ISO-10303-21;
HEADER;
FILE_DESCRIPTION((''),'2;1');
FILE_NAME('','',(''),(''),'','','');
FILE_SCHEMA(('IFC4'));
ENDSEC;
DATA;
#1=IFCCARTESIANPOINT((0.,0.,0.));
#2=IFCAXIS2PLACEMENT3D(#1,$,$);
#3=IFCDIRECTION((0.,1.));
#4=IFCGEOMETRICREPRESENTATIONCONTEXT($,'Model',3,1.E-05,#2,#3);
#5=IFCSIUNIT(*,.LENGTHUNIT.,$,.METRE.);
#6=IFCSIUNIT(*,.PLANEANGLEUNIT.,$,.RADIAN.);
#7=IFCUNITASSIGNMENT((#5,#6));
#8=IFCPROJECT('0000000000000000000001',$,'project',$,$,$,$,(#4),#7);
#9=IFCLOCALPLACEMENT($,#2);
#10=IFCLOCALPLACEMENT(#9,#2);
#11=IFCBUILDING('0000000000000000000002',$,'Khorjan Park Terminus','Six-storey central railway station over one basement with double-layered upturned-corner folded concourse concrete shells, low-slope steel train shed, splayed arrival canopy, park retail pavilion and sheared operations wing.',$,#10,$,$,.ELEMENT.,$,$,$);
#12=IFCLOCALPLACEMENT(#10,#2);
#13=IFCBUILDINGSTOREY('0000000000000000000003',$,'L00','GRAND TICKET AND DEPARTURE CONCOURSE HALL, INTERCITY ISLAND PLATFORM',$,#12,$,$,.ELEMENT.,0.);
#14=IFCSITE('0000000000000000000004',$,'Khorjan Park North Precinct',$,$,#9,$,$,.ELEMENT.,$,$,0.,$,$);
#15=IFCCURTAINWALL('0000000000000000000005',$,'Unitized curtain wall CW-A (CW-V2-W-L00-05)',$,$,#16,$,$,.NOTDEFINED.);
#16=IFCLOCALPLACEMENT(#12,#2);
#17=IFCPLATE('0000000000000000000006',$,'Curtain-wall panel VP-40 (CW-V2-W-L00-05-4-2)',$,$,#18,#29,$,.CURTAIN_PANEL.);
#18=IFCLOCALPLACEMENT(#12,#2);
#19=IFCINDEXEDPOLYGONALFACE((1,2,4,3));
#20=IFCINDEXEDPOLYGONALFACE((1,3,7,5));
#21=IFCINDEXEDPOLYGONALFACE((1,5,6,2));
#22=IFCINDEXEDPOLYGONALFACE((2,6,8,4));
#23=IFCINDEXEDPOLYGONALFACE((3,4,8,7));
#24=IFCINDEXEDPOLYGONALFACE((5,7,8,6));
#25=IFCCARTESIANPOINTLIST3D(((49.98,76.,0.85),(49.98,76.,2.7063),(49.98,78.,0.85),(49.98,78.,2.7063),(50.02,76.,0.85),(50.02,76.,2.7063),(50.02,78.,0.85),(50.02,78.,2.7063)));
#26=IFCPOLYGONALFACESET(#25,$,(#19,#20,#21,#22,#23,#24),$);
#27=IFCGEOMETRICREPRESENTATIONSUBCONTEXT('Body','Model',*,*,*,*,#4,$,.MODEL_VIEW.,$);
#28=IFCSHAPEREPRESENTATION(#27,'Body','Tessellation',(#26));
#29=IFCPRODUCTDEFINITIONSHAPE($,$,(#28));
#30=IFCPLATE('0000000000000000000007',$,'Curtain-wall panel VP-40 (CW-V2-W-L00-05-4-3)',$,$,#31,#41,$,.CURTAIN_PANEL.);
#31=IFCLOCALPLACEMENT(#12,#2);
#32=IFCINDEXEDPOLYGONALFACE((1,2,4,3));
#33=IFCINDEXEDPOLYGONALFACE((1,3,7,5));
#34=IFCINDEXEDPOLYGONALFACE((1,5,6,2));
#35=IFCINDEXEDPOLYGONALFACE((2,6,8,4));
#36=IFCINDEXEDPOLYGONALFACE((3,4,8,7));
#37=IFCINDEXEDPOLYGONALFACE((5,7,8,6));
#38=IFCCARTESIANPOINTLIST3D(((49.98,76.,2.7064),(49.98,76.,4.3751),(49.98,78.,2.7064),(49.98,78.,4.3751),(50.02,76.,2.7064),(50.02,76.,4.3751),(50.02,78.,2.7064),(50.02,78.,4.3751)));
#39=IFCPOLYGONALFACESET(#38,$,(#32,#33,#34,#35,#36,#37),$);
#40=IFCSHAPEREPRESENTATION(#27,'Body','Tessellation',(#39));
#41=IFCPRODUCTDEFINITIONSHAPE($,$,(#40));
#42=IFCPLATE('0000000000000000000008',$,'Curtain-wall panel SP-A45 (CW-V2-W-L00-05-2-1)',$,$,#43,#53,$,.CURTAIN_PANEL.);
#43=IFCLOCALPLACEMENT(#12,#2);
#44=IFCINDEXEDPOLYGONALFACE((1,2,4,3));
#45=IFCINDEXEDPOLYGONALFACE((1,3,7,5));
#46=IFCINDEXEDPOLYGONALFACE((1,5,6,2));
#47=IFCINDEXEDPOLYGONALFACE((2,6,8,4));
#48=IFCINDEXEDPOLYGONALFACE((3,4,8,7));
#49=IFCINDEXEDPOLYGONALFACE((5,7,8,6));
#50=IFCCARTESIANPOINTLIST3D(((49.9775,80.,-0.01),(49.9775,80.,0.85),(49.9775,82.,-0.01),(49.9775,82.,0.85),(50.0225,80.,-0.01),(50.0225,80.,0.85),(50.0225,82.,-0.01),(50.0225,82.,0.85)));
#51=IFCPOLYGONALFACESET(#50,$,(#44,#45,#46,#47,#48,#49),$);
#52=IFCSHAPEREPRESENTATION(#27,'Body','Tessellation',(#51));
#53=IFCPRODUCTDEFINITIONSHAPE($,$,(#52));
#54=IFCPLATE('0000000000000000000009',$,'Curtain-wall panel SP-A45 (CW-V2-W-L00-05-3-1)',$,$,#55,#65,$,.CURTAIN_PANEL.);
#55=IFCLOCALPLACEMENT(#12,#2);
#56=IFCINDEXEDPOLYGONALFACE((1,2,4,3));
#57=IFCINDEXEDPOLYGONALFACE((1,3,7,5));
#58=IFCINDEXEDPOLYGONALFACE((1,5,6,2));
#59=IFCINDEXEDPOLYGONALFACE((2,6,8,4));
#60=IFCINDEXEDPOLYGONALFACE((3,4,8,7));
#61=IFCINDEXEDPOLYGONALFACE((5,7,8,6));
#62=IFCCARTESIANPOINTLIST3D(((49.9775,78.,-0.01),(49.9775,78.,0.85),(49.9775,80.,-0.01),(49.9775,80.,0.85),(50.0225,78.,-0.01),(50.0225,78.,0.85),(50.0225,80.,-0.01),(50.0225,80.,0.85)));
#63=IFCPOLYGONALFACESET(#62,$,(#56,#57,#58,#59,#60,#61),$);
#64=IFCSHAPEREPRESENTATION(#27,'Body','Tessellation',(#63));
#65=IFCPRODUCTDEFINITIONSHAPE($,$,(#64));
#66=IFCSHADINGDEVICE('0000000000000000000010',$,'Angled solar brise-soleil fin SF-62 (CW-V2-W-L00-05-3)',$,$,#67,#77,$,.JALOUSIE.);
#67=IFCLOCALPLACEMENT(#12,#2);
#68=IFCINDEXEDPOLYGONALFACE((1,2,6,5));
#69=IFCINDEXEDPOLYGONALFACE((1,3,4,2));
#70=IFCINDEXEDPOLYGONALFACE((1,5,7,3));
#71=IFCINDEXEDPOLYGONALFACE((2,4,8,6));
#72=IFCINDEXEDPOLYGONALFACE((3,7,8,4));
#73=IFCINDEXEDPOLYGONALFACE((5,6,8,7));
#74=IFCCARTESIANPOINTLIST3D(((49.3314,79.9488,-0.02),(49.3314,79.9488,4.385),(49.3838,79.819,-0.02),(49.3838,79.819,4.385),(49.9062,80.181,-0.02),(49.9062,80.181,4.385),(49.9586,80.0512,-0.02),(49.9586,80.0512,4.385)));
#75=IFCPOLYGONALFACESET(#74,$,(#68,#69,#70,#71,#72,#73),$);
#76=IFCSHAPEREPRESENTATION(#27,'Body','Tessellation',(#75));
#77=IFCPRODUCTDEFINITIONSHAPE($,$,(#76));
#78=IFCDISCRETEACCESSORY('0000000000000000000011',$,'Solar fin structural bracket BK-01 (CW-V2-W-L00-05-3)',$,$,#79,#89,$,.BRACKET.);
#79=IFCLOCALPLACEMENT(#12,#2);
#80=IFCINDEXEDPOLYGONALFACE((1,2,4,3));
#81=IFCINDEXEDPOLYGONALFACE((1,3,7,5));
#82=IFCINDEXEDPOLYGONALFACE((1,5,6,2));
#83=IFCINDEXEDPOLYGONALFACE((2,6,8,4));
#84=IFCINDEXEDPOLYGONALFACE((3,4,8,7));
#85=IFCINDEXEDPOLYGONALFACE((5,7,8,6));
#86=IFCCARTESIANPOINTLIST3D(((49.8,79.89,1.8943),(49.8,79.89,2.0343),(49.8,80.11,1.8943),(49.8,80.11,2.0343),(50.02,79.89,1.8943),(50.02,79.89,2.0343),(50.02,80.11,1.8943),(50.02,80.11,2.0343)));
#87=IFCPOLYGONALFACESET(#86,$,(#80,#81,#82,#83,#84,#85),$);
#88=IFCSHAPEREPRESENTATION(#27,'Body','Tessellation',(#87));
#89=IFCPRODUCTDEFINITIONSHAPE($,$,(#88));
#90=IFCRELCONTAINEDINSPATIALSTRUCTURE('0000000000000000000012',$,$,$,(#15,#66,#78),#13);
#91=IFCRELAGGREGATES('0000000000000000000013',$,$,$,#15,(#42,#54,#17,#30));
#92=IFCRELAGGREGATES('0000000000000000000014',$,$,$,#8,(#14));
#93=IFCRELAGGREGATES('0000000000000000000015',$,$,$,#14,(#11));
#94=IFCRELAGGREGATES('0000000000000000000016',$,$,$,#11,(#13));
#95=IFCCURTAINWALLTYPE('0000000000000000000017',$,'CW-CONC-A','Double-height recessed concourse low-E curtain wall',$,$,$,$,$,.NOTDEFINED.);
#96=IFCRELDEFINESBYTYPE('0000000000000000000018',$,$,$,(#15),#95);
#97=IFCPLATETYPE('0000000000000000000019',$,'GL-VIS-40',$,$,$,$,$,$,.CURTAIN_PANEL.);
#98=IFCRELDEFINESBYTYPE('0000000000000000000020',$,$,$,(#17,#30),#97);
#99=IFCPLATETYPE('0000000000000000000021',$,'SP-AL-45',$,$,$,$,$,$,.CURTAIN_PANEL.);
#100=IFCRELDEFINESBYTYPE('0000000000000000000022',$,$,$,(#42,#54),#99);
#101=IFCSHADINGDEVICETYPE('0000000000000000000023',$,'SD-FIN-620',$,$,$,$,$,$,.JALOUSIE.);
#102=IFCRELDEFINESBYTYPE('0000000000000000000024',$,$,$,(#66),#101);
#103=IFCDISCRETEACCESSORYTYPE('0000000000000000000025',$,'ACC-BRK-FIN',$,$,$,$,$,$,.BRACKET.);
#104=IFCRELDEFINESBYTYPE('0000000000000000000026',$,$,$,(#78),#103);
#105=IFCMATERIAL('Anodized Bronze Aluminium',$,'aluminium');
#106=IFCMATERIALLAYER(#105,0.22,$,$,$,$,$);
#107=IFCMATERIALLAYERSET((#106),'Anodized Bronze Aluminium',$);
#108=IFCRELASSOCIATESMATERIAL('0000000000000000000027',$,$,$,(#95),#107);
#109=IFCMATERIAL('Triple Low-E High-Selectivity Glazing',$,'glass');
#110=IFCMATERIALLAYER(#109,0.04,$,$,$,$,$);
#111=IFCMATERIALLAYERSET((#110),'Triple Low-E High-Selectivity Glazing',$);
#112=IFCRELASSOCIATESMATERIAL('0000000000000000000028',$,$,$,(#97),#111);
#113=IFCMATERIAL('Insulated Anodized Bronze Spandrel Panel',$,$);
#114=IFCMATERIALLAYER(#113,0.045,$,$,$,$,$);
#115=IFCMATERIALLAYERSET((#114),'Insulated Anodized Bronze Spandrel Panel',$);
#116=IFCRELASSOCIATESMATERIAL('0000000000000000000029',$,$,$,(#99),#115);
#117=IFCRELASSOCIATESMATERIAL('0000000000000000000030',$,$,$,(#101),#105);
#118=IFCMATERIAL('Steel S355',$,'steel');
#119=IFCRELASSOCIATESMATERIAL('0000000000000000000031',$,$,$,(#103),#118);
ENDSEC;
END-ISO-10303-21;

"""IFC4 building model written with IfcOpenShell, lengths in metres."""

from ifc_helpers import new_model, si_unit, direction, frame, origin, origin_2d, place, context, subcontext, project, spatial, rectangle, extrude, material, layer, layer_set, type_object, element, aggregate, save


model = new_model("IFC4")

# Units and contexts
model_context = context("Model", 3, precision=1e-05, world=origin(), true_north=direction((0.0, 1.0)))
body_context = subcontext(model_context, "Body", "Model", "MODEL_VIEW")
ifc_project = project(units=[si_unit("LENGTHUNIT", "METRE"), si_unit("PLANEANGLEUNIT", "RADIAN")], contexts=[model_context])

# Site, building, storey
site_placement = place(None, origin())
site = spatial("IfcSite", under=ifc_project, at=site_placement, Name="Khorjan Park North Precinct", CompositionType="ELEMENT", RefElevation=0.0)
building_placement = place(site_placement, origin())
building = spatial("IfcBuilding", under=site, at=building_placement, Name="Khorjan Park Terminus", Description="Six-storey central railway station over one basement with double-layered upturned-corner folded concourse concrete shells, low-slope steel train shed, splayed arrival canopy, park retail pavilion and sheared operations wing.", CompositionType="ELEMENT")
storey_placement = place(building_placement, origin())
storey = spatial("IfcBuildingStorey", under=building, at=storey_placement, Name="L00", Description="GRAND TICKET AND DEPARTURE CONCOURSE HALL, INTERCITY ISLAND PLATFORM", CompositionType="ELEMENT", Elevation=0.0)

# Shared definitions
ifc_material_1 = material(Name="Steel S355", Category="steel")

# Curtain wall, plates
ifc_material_2 = material(Name="Anodized Bronze Aluminium", Category="aluminium")
ifc_layer_1 = layer(ifc_material_2, 0.22)
ifc_layer_set_1 = layer_set([ifc_layer_1], Name="Anodized Bronze Aluminium")
curtain_wall_type = type_object("IfcCurtainWallType", Name="CW-CONC-A", Description="Double-height recessed concourse low-E curtain wall", PredefinedType="NOTDEFINED", material=ifc_layer_set_1)
curtain_wall_placement = place(storey_placement, origin())
curtain_wall = element("IfcCurtainWall", 1, at=curtain_wall_placement, inside=storey, type_object=curtain_wall_type, Name="Unitized curtain wall CW-A (CW-V2-W-L00-05)", PredefinedType="NOTDEFINED")
ifc_material_3 = material(Name="Triple Low-E High-Selectivity Glazing", Category="glass")
ifc_layer_2 = layer(ifc_material_3, 0.04)
ifc_layer_set_2 = layer_set([ifc_layer_2], Name="Triple Low-E High-Selectivity Glazing")
plate_type_1 = type_object("IfcPlateType", Name="GL-VIS-40", PredefinedType="CURTAIN_PANEL", material=ifc_layer_set_2)
plate_1_placement = place(storey_placement, frame((50.0, 77.0, 0.85), z_axis=(0.0, 0.0, 1.0), x_axis=(0.0, -1.0, 0.0)))
plate_1 = element("IfcPlate", 2, at=plate_1_placement, type_object=plate_type_1, Name="Curtain-wall panel VP-40 (CW-V2-W-L00-05-4-2)", PredefinedType="CURTAIN_PANEL", context=body_context, shape_type="SweptSolid", body=[
    extrude(rectangle(XDim=2.0, YDim=0.04, at=origin_2d()), origin(), (0.0, 0.0, 1.0), 1.8563),
])
plate_2_placement = place(storey_placement, frame((50.0, 77.0, 2.7064), z_axis=(0.0, 0.0, 1.0), x_axis=(0.0, -1.0, 0.0)))
plate_2 = element("IfcPlate", 3, at=plate_2_placement, type_object=plate_type_1, Name="Curtain-wall panel VP-40 (CW-V2-W-L00-05-4-3)", PredefinedType="CURTAIN_PANEL", context=body_context, shape_type="SweptSolid", body=[
    extrude(rectangle(XDim=2.0, YDim=0.04, at=origin_2d()), origin(), (0.0, 0.0, 1.0), 1.6687),
])
ifc_material_4 = material(Name="Insulated Anodized Bronze Spandrel Panel")
ifc_layer_3 = layer(ifc_material_4, 0.045)
ifc_layer_set_3 = layer_set([ifc_layer_3], Name="Insulated Anodized Bronze Spandrel Panel")
plate_type_2 = type_object("IfcPlateType", Name="SP-AL-45", PredefinedType="CURTAIN_PANEL", material=ifc_layer_set_3)
plate_3_placement = place(storey_placement, frame((50.0, 81.0, -0.01), z_axis=(0.0, 0.0, 1.0), x_axis=(0.0, -1.0, 0.0)))
plate_3 = element("IfcPlate", 4, at=plate_3_placement, type_object=plate_type_2, Name="Curtain-wall panel SP-A45 (CW-V2-W-L00-05-2-1)", PredefinedType="CURTAIN_PANEL", context=body_context, shape_type="SweptSolid", body=[
    extrude(rectangle(XDim=2.0, YDim=0.045, at=origin_2d()), origin(), (0.0, 0.0, 1.0), 0.86),
])
plate_4_placement = place(storey_placement, frame((50.0, 79.0, -0.01), z_axis=(0.0, 0.0, 1.0), x_axis=(0.0, -1.0, 0.0)))
plate_4 = element("IfcPlate", 5, at=plate_4_placement, type_object=plate_type_2, Name="Curtain-wall panel SP-A45 (CW-V2-W-L00-05-3-1)", PredefinedType="CURTAIN_PANEL", context=body_context, shape_type="SweptSolid", body=[
    extrude(rectangle(XDim=2.0, YDim=0.045, at=origin_2d()), origin(), (0.0, 0.0, 1.0), 0.86),
])
aggregate(curtain_wall, [plate_3, plate_4, plate_1, plate_2])

# Shading device
shading_device_type = type_object("IfcShadingDeviceType", Name="SD-FIN-620", PredefinedType="JALOUSIE", material=ifc_material_2)
shading_device_placement = place(storey_placement, frame((49.645, 80.0, -0.02), z_axis=(0.0, 0.0, 1.0), x_axis=(0.927184, 0.374607, 0.0)))
element("IfcShadingDevice", 6, at=shading_device_placement, inside=storey, type_object=shading_device_type, Name="Angled solar brise-soleil fin SF-62 (CW-V2-W-L00-05-3)", PredefinedType="JALOUSIE", context=body_context, shape_type="SweptSolid", body=[
    extrude(rectangle(XDim=0.62, YDim=0.14, at=origin_2d()), origin(), (0.0, 0.0, 1.0), 4.405),
])

# Discrete accessory
discrete_accessory_type = type_object("IfcDiscreteAccessoryType", Name="ACC-BRK-FIN", PredefinedType="BRACKET", material=ifc_material_1)
discrete_accessory_placement = place(storey_placement, frame((49.91, 80.0, 1.8943), z_axis=(0.0, 0.0, 1.0), x_axis=(0.0, -1.0, 0.0)))
element("IfcDiscreteAccessory", 7, at=discrete_accessory_placement, inside=storey, type_object=discrete_accessory_type, Name="Solar fin structural bracket BK-01 (CW-V2-W-L00-05-3)", PredefinedType="BRACKET", context=body_context, shape_type="SweptSolid", body=[
    extrude(rectangle(XDim=0.22, YDim=0.22, at=origin_2d()), origin(), (0.0, 0.0, 1.0), 0.14),
])

save(model, "model.ifc")
